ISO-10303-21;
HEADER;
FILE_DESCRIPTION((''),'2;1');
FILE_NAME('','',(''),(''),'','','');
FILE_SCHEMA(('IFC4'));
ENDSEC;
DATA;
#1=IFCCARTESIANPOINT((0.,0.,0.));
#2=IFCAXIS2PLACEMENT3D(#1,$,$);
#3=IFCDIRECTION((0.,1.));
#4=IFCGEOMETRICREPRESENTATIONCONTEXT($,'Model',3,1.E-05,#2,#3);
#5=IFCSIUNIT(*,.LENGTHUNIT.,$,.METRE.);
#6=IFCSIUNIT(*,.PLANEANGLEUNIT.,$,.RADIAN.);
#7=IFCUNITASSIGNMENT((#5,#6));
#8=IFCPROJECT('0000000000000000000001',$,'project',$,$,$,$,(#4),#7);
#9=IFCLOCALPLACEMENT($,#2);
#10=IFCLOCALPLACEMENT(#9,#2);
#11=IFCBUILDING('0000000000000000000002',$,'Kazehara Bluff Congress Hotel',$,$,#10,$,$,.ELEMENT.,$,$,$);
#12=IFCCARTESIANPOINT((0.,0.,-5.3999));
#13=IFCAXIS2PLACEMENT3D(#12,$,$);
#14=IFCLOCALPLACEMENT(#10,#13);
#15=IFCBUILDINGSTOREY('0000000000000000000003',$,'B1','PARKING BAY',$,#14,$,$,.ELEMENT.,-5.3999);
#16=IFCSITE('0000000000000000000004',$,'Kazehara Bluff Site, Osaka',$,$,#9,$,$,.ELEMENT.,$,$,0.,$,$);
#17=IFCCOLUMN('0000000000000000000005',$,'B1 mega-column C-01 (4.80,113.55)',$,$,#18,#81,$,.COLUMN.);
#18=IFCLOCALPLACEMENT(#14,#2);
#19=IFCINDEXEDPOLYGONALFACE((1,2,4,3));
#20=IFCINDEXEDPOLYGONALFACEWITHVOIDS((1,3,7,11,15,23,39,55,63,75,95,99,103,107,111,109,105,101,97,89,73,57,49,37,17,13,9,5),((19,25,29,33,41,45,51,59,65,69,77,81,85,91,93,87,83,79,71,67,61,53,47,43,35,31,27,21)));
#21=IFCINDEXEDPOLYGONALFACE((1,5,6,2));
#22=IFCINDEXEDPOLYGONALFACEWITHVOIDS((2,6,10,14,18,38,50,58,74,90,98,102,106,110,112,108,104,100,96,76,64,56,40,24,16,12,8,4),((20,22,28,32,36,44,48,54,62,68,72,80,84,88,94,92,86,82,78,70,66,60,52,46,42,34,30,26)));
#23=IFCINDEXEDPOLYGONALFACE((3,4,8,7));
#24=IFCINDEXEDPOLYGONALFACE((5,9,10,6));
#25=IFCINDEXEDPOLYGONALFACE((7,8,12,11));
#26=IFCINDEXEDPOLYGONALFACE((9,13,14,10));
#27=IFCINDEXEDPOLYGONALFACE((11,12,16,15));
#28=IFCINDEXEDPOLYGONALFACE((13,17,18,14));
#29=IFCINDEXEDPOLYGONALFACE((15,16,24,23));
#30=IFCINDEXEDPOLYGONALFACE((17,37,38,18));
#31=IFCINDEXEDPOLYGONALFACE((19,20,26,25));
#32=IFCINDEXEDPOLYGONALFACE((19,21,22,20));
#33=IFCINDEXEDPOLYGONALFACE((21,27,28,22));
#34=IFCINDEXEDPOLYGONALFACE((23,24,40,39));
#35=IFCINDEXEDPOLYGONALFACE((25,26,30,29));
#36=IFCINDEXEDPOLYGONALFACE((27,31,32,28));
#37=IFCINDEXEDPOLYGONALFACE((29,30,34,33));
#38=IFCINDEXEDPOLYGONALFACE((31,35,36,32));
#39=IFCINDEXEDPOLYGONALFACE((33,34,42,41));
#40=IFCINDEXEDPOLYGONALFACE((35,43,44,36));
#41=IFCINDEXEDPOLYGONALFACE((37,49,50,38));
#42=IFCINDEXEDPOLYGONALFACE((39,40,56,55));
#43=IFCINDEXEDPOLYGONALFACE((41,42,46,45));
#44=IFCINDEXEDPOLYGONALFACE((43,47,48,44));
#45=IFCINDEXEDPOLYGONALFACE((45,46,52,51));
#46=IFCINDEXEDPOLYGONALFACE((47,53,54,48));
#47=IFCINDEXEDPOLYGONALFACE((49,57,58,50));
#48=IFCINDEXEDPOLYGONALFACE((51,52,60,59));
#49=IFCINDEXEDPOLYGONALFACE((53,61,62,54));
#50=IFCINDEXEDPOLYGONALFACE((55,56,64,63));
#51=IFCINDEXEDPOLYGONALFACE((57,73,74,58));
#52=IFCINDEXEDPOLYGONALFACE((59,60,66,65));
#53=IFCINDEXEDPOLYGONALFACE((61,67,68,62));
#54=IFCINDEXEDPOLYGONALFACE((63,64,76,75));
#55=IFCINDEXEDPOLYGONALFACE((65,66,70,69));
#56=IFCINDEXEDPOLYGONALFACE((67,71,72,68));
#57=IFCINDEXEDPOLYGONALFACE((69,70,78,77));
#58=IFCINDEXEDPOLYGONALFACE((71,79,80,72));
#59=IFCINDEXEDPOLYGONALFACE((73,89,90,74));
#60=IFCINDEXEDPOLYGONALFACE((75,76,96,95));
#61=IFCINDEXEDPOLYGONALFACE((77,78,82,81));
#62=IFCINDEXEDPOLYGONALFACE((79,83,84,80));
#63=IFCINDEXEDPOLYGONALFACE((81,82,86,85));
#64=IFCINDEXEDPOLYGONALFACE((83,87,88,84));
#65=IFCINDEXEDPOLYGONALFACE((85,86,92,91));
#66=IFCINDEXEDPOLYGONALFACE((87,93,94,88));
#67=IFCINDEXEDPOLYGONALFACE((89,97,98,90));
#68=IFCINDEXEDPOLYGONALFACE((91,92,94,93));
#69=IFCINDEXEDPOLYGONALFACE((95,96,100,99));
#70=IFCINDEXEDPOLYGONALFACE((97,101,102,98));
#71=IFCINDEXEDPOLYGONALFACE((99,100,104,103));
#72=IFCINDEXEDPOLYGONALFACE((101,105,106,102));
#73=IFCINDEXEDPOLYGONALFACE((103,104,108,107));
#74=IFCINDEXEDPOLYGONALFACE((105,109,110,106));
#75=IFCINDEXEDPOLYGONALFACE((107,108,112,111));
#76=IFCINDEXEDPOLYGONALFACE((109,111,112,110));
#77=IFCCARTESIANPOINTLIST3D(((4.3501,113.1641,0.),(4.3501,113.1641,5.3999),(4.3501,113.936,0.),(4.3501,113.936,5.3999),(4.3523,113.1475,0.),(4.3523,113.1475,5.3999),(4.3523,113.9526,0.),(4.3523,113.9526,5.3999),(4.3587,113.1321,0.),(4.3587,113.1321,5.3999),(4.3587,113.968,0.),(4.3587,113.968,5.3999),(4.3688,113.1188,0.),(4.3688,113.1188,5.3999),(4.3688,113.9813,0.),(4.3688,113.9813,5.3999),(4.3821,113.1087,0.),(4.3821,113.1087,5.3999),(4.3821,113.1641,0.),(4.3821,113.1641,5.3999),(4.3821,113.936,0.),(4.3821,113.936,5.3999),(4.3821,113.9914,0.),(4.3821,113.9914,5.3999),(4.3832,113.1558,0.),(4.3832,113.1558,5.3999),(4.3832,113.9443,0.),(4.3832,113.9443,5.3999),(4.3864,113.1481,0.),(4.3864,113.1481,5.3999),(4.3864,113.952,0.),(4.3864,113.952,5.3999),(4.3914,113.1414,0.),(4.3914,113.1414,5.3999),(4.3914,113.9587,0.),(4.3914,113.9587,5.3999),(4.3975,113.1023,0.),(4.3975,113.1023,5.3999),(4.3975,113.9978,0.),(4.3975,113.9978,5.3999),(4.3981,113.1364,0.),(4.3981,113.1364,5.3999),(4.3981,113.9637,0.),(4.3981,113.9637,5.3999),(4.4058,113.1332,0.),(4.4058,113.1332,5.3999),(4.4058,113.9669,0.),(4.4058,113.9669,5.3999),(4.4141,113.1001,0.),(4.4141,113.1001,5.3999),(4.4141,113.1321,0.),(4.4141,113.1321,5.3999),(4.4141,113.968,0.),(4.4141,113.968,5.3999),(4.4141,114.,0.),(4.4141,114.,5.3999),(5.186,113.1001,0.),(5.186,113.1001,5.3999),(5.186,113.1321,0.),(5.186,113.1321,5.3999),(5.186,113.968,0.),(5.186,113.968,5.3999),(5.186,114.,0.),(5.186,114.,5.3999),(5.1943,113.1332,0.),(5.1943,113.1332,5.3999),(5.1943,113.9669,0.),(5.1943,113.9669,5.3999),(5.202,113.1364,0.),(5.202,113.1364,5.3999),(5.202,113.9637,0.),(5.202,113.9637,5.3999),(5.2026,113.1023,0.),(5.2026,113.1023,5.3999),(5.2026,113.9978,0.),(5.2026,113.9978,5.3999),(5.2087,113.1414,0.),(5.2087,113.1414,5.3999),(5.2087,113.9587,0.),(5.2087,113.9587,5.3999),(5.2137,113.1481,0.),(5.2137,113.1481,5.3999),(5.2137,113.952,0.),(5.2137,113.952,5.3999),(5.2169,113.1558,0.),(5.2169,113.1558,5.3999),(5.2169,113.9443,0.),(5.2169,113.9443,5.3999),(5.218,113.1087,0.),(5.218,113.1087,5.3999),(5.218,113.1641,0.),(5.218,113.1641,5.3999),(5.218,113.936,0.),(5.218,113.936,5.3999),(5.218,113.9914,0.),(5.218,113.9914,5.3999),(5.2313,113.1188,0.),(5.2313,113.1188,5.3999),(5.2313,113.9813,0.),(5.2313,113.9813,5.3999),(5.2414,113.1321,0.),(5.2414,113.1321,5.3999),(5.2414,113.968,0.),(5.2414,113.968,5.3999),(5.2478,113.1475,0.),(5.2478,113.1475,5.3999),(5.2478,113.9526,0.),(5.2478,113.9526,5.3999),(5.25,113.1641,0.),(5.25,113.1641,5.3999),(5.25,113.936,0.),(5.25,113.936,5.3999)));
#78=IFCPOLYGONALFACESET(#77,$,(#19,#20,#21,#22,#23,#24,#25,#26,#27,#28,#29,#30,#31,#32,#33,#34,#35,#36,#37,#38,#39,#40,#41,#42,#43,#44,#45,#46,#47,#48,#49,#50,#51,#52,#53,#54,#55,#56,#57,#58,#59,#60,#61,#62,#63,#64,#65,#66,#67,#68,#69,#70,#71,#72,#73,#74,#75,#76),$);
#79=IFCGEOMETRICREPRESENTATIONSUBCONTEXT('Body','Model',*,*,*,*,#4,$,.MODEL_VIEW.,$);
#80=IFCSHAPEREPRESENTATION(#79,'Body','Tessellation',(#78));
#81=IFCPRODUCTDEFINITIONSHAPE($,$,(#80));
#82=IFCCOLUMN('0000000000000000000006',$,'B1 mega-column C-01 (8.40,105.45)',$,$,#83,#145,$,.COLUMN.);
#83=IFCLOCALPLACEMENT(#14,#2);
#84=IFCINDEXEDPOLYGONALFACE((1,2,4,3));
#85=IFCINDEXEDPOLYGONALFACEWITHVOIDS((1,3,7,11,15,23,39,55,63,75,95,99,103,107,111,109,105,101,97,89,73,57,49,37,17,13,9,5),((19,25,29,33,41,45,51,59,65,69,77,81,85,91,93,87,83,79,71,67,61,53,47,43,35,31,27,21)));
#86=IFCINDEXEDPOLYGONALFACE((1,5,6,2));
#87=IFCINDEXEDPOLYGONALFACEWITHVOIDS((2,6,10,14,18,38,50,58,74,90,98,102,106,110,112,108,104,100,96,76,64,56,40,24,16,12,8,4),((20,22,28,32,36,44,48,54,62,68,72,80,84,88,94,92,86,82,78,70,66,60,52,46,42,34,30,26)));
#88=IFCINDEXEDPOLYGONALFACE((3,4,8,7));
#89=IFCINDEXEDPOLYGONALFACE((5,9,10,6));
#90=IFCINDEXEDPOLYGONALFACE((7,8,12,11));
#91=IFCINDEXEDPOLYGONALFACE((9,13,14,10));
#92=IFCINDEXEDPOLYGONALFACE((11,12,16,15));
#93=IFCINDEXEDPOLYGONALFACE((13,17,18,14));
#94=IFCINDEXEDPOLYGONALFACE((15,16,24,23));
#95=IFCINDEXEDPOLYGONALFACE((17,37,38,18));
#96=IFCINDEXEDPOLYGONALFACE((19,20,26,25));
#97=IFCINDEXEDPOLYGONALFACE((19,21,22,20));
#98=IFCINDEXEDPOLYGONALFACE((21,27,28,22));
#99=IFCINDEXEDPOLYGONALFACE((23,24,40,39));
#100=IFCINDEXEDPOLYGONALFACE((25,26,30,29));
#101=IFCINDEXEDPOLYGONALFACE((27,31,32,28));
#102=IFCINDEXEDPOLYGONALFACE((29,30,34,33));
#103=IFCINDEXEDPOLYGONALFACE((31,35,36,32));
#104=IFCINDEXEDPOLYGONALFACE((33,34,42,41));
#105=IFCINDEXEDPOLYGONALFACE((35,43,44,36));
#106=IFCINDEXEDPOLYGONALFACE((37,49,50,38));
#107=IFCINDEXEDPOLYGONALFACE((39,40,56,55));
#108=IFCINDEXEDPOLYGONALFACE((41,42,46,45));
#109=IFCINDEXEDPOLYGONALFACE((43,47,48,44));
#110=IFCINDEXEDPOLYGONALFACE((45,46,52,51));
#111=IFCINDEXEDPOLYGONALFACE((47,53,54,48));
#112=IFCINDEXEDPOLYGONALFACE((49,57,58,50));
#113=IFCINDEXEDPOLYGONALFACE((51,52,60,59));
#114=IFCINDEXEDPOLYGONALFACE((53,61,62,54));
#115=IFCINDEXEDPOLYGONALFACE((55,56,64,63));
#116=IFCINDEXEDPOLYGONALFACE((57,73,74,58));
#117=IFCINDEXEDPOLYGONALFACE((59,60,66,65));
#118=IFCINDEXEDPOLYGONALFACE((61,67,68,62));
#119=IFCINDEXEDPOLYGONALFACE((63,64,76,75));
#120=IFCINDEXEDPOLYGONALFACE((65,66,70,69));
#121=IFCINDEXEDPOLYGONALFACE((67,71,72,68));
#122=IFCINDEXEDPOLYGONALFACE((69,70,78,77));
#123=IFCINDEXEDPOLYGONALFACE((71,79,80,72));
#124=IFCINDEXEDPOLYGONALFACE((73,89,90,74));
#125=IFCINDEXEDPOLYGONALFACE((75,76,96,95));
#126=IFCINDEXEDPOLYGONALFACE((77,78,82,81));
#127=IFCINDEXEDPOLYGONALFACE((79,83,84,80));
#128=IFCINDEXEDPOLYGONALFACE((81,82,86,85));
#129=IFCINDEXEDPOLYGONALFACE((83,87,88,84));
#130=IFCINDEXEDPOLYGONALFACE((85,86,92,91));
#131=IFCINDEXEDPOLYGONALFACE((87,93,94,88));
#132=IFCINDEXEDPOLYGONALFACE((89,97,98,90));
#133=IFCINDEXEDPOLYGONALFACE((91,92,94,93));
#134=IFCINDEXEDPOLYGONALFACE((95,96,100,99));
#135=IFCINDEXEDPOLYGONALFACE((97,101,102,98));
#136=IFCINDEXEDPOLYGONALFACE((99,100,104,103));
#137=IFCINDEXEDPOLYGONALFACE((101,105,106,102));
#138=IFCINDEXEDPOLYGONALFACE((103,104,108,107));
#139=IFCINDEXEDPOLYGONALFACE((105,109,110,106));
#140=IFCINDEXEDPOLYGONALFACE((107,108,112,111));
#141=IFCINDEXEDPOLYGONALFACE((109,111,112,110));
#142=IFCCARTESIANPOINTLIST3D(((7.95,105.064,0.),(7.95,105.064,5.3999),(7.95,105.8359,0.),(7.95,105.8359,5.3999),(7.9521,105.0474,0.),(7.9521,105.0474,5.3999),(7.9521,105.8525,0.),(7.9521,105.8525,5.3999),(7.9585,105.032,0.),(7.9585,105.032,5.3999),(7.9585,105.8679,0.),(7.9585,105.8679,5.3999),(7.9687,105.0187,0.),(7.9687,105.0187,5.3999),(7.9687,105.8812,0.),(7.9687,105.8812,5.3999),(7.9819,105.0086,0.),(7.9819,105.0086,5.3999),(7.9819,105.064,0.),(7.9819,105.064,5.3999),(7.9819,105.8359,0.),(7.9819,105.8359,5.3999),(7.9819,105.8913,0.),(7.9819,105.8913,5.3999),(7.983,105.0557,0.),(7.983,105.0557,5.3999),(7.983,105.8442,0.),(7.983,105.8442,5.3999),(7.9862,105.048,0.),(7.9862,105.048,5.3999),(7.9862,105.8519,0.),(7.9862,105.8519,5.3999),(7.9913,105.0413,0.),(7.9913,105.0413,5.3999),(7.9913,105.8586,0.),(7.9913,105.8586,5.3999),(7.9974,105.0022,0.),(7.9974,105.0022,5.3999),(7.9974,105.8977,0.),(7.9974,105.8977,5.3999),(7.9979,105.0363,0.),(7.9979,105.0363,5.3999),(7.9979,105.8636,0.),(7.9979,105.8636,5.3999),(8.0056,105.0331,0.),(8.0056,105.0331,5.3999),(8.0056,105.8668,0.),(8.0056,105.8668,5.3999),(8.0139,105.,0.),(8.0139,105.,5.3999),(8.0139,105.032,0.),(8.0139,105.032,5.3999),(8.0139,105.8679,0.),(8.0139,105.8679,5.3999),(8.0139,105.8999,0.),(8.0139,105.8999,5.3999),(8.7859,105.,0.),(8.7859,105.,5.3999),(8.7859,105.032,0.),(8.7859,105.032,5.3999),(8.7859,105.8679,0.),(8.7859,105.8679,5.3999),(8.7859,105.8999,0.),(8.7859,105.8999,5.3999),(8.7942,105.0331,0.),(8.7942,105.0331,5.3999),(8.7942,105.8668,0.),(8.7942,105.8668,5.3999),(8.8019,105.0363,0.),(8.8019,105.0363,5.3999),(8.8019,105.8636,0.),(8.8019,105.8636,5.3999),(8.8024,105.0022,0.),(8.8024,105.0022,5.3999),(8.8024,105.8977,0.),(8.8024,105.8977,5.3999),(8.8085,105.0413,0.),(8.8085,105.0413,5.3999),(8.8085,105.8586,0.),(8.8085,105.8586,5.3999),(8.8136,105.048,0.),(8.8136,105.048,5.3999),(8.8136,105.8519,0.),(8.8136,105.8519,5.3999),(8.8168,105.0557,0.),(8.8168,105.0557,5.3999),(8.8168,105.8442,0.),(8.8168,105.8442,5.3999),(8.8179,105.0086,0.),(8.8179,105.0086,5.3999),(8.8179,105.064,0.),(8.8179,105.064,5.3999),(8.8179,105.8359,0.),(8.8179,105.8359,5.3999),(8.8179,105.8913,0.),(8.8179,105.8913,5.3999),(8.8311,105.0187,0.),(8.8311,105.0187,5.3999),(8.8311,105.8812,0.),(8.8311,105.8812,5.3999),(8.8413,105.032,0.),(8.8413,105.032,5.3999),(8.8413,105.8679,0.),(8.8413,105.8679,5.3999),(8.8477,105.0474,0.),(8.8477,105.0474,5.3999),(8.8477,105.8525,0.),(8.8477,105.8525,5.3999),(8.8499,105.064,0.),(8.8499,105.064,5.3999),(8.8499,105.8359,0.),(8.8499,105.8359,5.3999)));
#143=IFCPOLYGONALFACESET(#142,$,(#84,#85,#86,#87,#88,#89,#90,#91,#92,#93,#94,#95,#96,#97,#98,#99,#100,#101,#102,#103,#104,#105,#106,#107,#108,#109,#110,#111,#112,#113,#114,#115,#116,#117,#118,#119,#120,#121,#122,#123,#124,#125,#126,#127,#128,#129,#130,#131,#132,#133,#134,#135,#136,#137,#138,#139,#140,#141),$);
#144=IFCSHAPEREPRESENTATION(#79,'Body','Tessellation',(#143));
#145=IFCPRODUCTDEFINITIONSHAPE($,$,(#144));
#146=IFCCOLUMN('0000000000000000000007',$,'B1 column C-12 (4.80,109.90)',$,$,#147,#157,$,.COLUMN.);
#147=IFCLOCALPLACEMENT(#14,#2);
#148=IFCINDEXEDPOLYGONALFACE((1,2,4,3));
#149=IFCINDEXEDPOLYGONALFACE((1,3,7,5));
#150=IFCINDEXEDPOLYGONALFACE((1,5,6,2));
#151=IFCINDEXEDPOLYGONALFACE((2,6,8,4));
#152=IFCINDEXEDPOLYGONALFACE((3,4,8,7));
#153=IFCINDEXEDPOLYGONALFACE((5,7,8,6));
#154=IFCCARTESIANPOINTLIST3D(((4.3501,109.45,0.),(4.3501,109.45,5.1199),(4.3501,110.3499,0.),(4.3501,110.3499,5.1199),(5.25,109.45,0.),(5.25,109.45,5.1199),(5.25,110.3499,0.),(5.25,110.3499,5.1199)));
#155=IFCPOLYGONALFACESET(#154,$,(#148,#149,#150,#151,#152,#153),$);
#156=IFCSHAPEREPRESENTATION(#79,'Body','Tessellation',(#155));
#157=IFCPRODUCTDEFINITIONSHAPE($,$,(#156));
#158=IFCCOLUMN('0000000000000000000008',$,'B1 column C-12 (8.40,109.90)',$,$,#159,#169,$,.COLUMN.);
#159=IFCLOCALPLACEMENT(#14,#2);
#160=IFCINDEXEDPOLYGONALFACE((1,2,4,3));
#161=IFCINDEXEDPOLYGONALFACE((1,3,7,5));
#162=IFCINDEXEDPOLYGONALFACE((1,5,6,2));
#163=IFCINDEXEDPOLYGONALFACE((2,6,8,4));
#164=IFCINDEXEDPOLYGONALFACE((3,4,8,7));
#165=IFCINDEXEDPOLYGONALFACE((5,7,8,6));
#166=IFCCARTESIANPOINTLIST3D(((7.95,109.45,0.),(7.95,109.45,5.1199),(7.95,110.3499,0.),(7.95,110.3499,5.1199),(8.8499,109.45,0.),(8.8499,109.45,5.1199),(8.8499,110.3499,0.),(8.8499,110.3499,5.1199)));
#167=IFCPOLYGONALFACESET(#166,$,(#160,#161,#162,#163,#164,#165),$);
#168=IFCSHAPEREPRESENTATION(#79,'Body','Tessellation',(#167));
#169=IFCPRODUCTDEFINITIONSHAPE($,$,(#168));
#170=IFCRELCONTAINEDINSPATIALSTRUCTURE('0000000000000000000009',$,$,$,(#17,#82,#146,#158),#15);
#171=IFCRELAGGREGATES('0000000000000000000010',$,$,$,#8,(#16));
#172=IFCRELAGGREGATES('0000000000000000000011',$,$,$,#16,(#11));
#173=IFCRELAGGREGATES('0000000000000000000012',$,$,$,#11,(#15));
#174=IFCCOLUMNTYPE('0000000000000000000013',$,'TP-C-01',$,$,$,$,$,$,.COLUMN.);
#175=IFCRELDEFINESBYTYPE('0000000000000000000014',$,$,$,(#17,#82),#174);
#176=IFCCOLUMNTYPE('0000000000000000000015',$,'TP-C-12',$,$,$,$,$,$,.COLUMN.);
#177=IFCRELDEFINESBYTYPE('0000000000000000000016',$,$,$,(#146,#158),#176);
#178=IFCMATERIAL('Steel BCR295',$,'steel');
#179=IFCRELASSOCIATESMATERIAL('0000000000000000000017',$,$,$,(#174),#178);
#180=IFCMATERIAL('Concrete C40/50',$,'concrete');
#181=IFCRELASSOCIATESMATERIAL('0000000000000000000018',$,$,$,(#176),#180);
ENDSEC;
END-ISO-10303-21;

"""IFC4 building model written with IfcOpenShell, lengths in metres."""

from ifc_helpers import new_model, si_unit, direction, frame, origin, origin_2d, place, context, subcontext, project, spatial, rectangle, hollow_rectangle, extrude, material, material_profile, profile_set, type_object, element, save


model = new_model("IFC4")

# Units and contexts
model_context = context("Model", 3, precision=1e-05, world=origin(), true_north=direction((0.0, 1.0)))
body_context = subcontext(model_context, "Body", "Model", "MODEL_VIEW")
ifc_project = project(units=[si_unit("LENGTHUNIT", "METRE"), si_unit("PLANEANGLEUNIT", "RADIAN")], contexts=[model_context])

# Site, building, storey
site_placement = place(None, origin())
site = spatial("IfcSite", under=ifc_project, at=site_placement, Name="Kazehara Bluff Site, Osaka", CompositionType="ELEMENT", RefElevation=0.0)
building_placement = place(site_placement, origin())
building = spatial("IfcBuilding", under=site, at=building_placement, Name="Kazehara Bluff Congress Hotel", CompositionType="ELEMENT")
storey_placement = place(building_placement, frame((0.0, 0.0, -5.3999)))
storey = spatial("IfcBuildingStorey", under=building, at=storey_placement, Name="B1", Description="PARKING BAY", CompositionType="ELEMENT", Elevation=-5.3999)

# Columns
ifc_material_1 = material(Name="Steel BCR295", Category="steel")
ifc_material_profile_1 = material_profile(ifc_material_1, hollow_rectangle(XDim=0.8999, YDim=0.8999, WallThickness=0.032, InnerFilletRadius=0.032, OuterFilletRadius=0.064, at=origin_2d()))
ifc_profile_set_1 = profile_set([ifc_material_profile_1], Name="Steel BCR295")
column_type_1 = type_object("IfcColumnType", Name="TP-C-01", PredefinedType="COLUMN", material=ifc_profile_set_1)
for number, where, z_axis, x_axis, name in (
    (1, (4.8, 113.55, 0.0), (0.0, 0.0, 1.0), (1.0, 0.0, 0.0), "B1 mega-column C-01 (4.80,113.55)"),
    (2, (8.3999, 105.45, 0.0), (0.0, 0.0, 1.0), (1.0, 0.0, 0.0), "B1 mega-column C-01 (8.40,105.45)"),
):
    element("IfcColumn", number, at=place(storey_placement, frame(where, z_axis=z_axis, x_axis=x_axis)), inside=storey, type_object=column_type_1, Name=name, PredefinedType="COLUMN", context=body_context, shape_type="SweptSolid", body=[
        extrude(hollow_rectangle(XDim=0.8999, YDim=0.8999, WallThickness=0.032, InnerFilletRadius=0.032, OuterFilletRadius=0.064, at=origin_2d()), origin(), (0.0, 0.0, 1.0), 5.3999),
    ])
ifc_material_2 = material(Name="Concrete C40/50", Category="concrete")
ifc_material_profile_2 = material_profile(ifc_material_2, rectangle(XDim=0.8999, YDim=0.8999, at=origin_2d()))
ifc_profile_set_2 = profile_set([ifc_material_profile_2], Name="Concrete C40/50")
column_type_2 = type_object("IfcColumnType", Name="TP-C-12", PredefinedType="COLUMN", material=ifc_profile_set_2)
for number, where, z_axis, x_axis, name in (
    (3, (4.8, 109.8999, 0.0), (0.0, 0.0, 1.0), (1.0, 0.0, 0.0), "B1 column C-12 (4.80,109.90)"),
    (4, (8.3999, 109.8999, 0.0), (0.0, 0.0, 1.0), (1.0, 0.0, 0.0), "B1 column C-12 (8.40,109.90)"),
):
    element("IfcColumn", number, at=place(storey_placement, frame(where, z_axis=z_axis, x_axis=x_axis)), inside=storey, type_object=column_type_2, Name=name, PredefinedType="COLUMN", context=body_context, shape_type="SweptSolid", body=[
        extrude(rectangle(XDim=0.8999, YDim=0.8999, at=origin_2d()), origin(), (0.0, 0.0, 1.0), 5.1199),
    ])

save(model, "model.ifc")
